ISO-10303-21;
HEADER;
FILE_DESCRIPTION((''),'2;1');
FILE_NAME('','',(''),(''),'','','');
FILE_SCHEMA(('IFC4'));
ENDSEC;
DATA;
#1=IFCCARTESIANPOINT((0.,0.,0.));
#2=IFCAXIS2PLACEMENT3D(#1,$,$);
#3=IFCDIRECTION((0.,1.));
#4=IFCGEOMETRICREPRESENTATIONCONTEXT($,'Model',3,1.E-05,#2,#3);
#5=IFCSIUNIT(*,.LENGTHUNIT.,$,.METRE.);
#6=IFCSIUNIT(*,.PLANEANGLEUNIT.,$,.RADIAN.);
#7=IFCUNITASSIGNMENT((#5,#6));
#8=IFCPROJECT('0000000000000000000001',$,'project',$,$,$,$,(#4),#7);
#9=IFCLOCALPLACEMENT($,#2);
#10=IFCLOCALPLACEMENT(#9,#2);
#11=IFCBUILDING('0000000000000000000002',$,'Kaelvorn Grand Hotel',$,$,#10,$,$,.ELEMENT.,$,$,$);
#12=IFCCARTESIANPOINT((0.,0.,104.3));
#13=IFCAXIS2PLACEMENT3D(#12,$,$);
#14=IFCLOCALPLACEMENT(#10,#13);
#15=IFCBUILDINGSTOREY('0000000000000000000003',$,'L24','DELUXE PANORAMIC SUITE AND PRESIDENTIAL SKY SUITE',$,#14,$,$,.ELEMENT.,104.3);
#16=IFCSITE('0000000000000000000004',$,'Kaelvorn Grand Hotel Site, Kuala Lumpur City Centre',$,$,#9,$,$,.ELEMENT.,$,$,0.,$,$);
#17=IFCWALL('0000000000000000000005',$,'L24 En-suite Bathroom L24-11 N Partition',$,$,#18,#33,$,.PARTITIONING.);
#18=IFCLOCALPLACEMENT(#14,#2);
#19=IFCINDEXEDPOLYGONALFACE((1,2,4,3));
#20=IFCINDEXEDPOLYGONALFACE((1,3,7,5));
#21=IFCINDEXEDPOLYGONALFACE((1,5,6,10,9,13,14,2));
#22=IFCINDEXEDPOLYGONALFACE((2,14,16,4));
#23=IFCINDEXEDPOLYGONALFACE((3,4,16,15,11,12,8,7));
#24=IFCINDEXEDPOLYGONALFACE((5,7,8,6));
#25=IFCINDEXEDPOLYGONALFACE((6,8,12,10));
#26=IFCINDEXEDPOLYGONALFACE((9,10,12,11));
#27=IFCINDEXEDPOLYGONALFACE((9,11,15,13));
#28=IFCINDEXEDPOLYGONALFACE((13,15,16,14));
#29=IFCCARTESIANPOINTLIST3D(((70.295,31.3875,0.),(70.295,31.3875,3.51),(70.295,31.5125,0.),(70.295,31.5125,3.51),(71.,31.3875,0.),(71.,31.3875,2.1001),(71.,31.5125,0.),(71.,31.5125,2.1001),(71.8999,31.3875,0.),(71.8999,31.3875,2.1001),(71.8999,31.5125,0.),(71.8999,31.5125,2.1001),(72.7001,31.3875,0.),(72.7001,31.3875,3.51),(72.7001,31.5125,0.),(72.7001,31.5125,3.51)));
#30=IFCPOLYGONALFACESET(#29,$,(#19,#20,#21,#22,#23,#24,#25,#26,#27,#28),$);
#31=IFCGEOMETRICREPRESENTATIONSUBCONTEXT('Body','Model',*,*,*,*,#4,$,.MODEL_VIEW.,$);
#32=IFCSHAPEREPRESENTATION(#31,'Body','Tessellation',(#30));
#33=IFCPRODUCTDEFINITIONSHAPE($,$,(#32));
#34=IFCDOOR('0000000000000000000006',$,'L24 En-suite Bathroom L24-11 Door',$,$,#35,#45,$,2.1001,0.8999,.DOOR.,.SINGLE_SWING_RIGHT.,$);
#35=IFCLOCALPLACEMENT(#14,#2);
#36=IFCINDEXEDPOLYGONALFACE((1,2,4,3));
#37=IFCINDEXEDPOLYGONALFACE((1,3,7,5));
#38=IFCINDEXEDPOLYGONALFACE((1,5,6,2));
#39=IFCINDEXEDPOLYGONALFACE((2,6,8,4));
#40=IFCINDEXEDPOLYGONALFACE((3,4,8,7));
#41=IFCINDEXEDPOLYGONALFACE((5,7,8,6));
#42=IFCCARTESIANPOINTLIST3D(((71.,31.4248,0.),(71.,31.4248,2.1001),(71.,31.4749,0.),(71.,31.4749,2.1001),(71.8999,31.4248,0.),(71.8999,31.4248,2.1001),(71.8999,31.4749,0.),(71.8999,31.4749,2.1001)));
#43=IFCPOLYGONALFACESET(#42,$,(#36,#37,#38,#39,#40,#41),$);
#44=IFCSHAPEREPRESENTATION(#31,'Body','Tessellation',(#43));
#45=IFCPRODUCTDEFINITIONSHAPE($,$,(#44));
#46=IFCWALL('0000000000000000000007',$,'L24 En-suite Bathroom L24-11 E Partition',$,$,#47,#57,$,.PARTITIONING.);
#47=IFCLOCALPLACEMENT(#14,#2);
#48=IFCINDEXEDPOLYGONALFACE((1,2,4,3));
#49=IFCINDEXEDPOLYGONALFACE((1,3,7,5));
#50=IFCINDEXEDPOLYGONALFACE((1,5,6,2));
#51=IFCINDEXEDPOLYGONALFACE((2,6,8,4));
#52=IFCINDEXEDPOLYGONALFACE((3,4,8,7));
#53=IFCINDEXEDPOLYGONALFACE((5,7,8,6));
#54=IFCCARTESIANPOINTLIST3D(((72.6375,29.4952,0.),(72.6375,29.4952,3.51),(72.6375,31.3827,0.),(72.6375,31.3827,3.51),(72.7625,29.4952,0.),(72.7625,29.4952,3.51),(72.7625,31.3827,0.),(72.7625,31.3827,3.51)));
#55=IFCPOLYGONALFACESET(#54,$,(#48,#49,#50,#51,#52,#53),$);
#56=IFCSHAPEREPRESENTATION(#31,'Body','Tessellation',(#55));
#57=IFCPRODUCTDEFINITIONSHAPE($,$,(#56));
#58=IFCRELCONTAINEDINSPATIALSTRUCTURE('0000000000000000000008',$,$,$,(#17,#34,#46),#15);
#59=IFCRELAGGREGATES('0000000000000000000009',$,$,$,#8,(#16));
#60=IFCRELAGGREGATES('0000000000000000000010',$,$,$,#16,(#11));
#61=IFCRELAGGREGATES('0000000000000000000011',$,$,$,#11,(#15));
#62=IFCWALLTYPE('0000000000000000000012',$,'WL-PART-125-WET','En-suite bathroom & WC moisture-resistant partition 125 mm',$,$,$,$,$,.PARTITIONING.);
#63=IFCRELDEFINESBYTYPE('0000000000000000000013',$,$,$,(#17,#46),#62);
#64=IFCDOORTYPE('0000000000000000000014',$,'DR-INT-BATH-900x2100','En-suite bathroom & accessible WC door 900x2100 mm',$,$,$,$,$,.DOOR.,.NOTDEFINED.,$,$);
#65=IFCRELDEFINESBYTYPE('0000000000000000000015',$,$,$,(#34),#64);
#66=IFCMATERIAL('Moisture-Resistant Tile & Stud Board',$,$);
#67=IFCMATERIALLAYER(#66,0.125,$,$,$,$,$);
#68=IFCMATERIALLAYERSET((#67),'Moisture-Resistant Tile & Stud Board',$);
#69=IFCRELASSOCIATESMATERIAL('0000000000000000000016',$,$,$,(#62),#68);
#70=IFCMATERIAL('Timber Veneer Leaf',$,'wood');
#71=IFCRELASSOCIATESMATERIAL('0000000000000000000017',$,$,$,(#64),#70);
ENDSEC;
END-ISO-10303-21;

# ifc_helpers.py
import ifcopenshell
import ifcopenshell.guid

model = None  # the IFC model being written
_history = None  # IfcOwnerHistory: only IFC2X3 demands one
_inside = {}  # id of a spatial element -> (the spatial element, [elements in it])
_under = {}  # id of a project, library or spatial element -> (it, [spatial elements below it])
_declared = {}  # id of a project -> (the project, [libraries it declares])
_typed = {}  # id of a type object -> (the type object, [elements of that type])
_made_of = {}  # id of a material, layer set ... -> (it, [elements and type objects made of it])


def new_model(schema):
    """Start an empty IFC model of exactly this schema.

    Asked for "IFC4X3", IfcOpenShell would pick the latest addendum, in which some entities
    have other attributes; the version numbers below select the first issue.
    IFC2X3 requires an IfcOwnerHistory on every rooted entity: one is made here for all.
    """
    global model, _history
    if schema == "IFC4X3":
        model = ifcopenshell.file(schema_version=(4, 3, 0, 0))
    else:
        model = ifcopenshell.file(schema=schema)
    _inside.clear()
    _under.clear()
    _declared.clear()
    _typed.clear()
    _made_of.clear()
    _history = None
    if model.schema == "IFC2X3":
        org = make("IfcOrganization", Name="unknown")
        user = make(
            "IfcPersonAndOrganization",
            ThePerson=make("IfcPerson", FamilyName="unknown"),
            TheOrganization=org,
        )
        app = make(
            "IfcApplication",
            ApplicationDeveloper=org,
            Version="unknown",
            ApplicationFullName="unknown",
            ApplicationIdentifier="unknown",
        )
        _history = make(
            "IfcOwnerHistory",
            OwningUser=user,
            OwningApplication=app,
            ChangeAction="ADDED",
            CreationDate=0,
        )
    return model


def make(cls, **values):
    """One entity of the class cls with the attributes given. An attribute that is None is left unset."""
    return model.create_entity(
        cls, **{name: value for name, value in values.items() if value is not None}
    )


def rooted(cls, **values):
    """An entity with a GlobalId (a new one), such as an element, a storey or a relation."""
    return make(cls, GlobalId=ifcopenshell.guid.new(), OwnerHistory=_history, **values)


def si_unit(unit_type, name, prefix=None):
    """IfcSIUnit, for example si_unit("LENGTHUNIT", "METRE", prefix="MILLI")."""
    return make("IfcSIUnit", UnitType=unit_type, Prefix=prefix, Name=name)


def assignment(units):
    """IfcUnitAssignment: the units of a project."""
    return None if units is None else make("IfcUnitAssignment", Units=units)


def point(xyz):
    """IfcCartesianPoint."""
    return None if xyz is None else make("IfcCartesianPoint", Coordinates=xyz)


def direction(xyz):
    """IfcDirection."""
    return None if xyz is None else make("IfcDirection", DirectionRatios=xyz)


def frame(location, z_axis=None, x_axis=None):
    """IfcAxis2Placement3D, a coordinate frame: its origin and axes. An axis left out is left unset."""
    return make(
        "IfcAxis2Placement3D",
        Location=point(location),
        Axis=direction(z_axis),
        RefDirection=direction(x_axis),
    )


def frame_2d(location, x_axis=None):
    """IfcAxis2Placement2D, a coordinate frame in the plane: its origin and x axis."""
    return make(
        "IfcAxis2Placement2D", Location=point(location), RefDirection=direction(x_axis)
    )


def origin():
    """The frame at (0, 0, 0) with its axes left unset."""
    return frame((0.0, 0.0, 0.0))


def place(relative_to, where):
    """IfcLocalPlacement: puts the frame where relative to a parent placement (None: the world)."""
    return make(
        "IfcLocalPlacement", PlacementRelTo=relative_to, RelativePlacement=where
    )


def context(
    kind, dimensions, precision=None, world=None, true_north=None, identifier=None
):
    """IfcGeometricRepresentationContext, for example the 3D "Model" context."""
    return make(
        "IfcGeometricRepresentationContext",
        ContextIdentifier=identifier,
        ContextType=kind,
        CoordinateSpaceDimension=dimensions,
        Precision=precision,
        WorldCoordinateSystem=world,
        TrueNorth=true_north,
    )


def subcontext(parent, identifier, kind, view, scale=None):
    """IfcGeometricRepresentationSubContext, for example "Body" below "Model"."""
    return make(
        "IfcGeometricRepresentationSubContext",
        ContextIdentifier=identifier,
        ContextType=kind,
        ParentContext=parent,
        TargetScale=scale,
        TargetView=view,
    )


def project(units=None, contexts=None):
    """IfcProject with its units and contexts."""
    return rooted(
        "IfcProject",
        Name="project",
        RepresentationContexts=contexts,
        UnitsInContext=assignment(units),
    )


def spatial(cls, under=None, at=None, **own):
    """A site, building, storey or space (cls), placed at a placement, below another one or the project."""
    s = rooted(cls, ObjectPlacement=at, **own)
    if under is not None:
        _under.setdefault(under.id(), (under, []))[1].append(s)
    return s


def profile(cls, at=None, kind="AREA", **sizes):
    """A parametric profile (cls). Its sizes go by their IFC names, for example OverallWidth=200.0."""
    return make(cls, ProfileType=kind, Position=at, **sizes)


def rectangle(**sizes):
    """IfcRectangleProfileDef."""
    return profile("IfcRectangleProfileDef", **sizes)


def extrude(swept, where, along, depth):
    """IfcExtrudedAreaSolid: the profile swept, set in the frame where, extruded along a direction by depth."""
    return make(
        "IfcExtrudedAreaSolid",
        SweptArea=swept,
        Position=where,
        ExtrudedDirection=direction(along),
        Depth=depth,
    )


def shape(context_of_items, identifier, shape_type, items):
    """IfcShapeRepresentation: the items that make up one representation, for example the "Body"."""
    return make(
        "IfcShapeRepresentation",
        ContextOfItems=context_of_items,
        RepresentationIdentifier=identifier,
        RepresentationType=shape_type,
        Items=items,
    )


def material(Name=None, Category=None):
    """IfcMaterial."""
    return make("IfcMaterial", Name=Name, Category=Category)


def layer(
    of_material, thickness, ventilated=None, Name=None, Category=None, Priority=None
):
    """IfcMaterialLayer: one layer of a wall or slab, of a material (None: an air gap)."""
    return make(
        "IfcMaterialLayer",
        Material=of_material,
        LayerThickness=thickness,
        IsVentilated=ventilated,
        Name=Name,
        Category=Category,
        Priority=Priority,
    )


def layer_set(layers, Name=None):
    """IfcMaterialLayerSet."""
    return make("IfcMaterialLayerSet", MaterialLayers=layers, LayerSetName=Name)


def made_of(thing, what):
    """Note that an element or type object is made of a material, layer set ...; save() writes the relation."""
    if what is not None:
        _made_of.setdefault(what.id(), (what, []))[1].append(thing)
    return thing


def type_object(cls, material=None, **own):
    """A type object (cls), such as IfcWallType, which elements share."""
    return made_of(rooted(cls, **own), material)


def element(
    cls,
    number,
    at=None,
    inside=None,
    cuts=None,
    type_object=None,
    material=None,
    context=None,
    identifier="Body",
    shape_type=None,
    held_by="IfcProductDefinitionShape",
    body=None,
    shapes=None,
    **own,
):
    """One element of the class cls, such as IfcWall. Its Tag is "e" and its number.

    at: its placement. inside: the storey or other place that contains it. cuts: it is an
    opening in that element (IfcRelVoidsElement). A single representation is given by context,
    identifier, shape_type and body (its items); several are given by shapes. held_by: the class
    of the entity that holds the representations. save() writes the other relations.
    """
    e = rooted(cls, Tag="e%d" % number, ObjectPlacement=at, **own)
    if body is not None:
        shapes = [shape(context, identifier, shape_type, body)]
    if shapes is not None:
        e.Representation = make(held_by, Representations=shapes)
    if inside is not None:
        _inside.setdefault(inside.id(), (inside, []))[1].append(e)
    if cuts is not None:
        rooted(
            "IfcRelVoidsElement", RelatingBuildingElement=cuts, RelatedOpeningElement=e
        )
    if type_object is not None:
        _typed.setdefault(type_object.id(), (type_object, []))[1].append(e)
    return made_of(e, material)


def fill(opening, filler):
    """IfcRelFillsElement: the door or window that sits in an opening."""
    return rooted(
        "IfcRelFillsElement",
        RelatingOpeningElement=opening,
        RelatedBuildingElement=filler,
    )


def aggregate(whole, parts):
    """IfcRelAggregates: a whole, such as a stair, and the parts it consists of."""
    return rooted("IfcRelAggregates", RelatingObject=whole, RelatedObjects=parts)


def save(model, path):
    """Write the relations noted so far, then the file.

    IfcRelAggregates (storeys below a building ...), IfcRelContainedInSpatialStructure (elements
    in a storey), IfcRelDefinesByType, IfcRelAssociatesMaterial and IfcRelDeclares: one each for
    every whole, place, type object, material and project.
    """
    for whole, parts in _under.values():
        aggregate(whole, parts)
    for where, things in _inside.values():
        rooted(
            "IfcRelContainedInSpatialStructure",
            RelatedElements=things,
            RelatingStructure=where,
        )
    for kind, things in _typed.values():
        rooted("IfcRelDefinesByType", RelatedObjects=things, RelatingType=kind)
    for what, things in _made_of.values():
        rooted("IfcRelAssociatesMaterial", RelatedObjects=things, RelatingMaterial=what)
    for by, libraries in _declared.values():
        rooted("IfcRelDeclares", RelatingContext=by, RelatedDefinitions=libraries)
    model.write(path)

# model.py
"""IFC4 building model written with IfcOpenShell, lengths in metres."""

from ifc_helpers import new_model, si_unit, direction, frame, frame_2d, origin, place, context, subcontext, project, spatial, rectangle, extrude, material, layer, layer_set, type_object, element, fill, save


model = new_model("IFC4")

# Units and contexts
model_context = context("Model", 3, precision=1e-05, world=origin(), true_north=direction((0.0, 1.0)))
body_context = subcontext(model_context, "Body", "Model", "MODEL_VIEW")
ifc_project = project(units=[si_unit("LENGTHUNIT", "METRE"), si_unit("PLANEANGLEUNIT", "RADIAN")], contexts=[model_context])

# Site, building, storey
site_placement = place(None, origin())
site = spatial("IfcSite", under=ifc_project, at=site_placement, Name="Kaelvorn Grand Hotel Site, Kuala Lumpur City Centre", CompositionType="ELEMENT", RefElevation=0.0)
building_placement = place(site_placement, origin())
building = spatial("IfcBuilding", under=site, at=building_placement, Name="Kaelvorn Grand Hotel", CompositionType="ELEMENT")
storey_placement = place(building_placement, frame((0.0, 0.0, 104.3)))
storey = spatial("IfcBuildingStorey", under=building, at=storey_placement, Name="L24", Description="DELUXE PANORAMIC SUITE AND PRESIDENTIAL SKY SUITE", CompositionType="ELEMENT", Elevation=104.3)

# Wall, opening, door
ifc_material_1 = material(Name="Moisture-Resistant Tile & Stud Board")
ifc_layer_1 = layer(ifc_material_1, 0.125)
ifc_layer_set_1 = layer_set([ifc_layer_1], Name="Moisture-Resistant Tile & Stud Board")
wall_type = type_object("IfcWallType", Name="WL-PART-125-WET", Description="En-suite bathroom & WC moisture-resistant partition 125 mm", PredefinedType="PARTITIONING", material=ifc_layer_set_1)
wall_1_placement = place(storey_placement, frame((70.2949, 31.45, 0.0), z_axis=(0.0, 0.0, 1.0), x_axis=(1.0, 0.0, 0.0)))
wall_1 = element("IfcWall", 1, at=wall_1_placement, inside=storey, type_object=wall_type, Name="L24 En-suite Bathroom L24-11 N Partition", PredefinedType="PARTITIONING", context=body_context, shape_type="SweptSolid", body=[
    extrude(rectangle(XDim=2.405, YDim=0.125, at=frame_2d((1.2026, 0.0))), origin(), (0.0, 0.0, 1.0), 3.51),
])
opening_placement = place(wall_1_placement, frame((0.7051, 0.0, 0.0)))
opening = element("IfcOpeningElement", 2, at=opening_placement, cuts=wall_1, PredefinedType="OPENING", context=body_context, shape_type="SweptSolid", body=[
    extrude(rectangle(XDim=0.8999, YDim=2.1001, at=frame_2d((0.45, 1.05))), frame((0.0, 0.0725, 0.0), z_axis=(0.0, -1.0, 0.0), x_axis=(1.0, 0.0, 0.0)), (0.0, 0.0, 1.0), 0.145),
])
ifc_material_2 = material(Name="Timber Veneer Leaf", Category="wood")
door_type = type_object("IfcDoorType", Name="DR-INT-BATH-900x2100", Description="En-suite bathroom & accessible WC door 900x2100 mm", OperationType="NOTDEFINED", PredefinedType="DOOR", material=ifc_material_2)
door_placement = place(opening_placement, origin())
door = element("IfcDoor", 3, at=door_placement, inside=storey, type_object=door_type, Name="L24 En-suite Bathroom L24-11 Door", OperationType="SINGLE_SWING_RIGHT", OverallHeight=2.1001, OverallWidth=0.8999, PredefinedType="DOOR", context=body_context, shape_type="SweptSolid", body=[
    extrude(rectangle(XDim=0.8999, YDim=2.1001, at=frame_2d((0.45, 1.05))), frame((0.0, 0.0249, 0.0), z_axis=(0.0, -1.0, 0.0), x_axis=(1.0, 0.0, 0.0)), (0.0, 0.0, 1.0), 0.05),
])
fill(opening, door)

# Wall
wall_2_placement = place(storey_placement, frame((72.7, 29.4951, 0.0), z_axis=(0.0, 0.0, 1.0), x_axis=(0.0, 1.0, 0.0)))
element("IfcWall", 4, at=wall_2_placement, inside=storey, type_object=wall_type, Name="L24 En-suite Bathroom L24-11 E Partition", PredefinedType="PARTITIONING", context=body_context, shape_type="SweptSolid", body=[
    extrude(rectangle(XDim=1.8875, YDim=0.125, at=frame_2d((0.9438, 0.0))), origin(), (0.0, 0.0, 1.0), 3.51),
])

save(model, "model.ifc")
